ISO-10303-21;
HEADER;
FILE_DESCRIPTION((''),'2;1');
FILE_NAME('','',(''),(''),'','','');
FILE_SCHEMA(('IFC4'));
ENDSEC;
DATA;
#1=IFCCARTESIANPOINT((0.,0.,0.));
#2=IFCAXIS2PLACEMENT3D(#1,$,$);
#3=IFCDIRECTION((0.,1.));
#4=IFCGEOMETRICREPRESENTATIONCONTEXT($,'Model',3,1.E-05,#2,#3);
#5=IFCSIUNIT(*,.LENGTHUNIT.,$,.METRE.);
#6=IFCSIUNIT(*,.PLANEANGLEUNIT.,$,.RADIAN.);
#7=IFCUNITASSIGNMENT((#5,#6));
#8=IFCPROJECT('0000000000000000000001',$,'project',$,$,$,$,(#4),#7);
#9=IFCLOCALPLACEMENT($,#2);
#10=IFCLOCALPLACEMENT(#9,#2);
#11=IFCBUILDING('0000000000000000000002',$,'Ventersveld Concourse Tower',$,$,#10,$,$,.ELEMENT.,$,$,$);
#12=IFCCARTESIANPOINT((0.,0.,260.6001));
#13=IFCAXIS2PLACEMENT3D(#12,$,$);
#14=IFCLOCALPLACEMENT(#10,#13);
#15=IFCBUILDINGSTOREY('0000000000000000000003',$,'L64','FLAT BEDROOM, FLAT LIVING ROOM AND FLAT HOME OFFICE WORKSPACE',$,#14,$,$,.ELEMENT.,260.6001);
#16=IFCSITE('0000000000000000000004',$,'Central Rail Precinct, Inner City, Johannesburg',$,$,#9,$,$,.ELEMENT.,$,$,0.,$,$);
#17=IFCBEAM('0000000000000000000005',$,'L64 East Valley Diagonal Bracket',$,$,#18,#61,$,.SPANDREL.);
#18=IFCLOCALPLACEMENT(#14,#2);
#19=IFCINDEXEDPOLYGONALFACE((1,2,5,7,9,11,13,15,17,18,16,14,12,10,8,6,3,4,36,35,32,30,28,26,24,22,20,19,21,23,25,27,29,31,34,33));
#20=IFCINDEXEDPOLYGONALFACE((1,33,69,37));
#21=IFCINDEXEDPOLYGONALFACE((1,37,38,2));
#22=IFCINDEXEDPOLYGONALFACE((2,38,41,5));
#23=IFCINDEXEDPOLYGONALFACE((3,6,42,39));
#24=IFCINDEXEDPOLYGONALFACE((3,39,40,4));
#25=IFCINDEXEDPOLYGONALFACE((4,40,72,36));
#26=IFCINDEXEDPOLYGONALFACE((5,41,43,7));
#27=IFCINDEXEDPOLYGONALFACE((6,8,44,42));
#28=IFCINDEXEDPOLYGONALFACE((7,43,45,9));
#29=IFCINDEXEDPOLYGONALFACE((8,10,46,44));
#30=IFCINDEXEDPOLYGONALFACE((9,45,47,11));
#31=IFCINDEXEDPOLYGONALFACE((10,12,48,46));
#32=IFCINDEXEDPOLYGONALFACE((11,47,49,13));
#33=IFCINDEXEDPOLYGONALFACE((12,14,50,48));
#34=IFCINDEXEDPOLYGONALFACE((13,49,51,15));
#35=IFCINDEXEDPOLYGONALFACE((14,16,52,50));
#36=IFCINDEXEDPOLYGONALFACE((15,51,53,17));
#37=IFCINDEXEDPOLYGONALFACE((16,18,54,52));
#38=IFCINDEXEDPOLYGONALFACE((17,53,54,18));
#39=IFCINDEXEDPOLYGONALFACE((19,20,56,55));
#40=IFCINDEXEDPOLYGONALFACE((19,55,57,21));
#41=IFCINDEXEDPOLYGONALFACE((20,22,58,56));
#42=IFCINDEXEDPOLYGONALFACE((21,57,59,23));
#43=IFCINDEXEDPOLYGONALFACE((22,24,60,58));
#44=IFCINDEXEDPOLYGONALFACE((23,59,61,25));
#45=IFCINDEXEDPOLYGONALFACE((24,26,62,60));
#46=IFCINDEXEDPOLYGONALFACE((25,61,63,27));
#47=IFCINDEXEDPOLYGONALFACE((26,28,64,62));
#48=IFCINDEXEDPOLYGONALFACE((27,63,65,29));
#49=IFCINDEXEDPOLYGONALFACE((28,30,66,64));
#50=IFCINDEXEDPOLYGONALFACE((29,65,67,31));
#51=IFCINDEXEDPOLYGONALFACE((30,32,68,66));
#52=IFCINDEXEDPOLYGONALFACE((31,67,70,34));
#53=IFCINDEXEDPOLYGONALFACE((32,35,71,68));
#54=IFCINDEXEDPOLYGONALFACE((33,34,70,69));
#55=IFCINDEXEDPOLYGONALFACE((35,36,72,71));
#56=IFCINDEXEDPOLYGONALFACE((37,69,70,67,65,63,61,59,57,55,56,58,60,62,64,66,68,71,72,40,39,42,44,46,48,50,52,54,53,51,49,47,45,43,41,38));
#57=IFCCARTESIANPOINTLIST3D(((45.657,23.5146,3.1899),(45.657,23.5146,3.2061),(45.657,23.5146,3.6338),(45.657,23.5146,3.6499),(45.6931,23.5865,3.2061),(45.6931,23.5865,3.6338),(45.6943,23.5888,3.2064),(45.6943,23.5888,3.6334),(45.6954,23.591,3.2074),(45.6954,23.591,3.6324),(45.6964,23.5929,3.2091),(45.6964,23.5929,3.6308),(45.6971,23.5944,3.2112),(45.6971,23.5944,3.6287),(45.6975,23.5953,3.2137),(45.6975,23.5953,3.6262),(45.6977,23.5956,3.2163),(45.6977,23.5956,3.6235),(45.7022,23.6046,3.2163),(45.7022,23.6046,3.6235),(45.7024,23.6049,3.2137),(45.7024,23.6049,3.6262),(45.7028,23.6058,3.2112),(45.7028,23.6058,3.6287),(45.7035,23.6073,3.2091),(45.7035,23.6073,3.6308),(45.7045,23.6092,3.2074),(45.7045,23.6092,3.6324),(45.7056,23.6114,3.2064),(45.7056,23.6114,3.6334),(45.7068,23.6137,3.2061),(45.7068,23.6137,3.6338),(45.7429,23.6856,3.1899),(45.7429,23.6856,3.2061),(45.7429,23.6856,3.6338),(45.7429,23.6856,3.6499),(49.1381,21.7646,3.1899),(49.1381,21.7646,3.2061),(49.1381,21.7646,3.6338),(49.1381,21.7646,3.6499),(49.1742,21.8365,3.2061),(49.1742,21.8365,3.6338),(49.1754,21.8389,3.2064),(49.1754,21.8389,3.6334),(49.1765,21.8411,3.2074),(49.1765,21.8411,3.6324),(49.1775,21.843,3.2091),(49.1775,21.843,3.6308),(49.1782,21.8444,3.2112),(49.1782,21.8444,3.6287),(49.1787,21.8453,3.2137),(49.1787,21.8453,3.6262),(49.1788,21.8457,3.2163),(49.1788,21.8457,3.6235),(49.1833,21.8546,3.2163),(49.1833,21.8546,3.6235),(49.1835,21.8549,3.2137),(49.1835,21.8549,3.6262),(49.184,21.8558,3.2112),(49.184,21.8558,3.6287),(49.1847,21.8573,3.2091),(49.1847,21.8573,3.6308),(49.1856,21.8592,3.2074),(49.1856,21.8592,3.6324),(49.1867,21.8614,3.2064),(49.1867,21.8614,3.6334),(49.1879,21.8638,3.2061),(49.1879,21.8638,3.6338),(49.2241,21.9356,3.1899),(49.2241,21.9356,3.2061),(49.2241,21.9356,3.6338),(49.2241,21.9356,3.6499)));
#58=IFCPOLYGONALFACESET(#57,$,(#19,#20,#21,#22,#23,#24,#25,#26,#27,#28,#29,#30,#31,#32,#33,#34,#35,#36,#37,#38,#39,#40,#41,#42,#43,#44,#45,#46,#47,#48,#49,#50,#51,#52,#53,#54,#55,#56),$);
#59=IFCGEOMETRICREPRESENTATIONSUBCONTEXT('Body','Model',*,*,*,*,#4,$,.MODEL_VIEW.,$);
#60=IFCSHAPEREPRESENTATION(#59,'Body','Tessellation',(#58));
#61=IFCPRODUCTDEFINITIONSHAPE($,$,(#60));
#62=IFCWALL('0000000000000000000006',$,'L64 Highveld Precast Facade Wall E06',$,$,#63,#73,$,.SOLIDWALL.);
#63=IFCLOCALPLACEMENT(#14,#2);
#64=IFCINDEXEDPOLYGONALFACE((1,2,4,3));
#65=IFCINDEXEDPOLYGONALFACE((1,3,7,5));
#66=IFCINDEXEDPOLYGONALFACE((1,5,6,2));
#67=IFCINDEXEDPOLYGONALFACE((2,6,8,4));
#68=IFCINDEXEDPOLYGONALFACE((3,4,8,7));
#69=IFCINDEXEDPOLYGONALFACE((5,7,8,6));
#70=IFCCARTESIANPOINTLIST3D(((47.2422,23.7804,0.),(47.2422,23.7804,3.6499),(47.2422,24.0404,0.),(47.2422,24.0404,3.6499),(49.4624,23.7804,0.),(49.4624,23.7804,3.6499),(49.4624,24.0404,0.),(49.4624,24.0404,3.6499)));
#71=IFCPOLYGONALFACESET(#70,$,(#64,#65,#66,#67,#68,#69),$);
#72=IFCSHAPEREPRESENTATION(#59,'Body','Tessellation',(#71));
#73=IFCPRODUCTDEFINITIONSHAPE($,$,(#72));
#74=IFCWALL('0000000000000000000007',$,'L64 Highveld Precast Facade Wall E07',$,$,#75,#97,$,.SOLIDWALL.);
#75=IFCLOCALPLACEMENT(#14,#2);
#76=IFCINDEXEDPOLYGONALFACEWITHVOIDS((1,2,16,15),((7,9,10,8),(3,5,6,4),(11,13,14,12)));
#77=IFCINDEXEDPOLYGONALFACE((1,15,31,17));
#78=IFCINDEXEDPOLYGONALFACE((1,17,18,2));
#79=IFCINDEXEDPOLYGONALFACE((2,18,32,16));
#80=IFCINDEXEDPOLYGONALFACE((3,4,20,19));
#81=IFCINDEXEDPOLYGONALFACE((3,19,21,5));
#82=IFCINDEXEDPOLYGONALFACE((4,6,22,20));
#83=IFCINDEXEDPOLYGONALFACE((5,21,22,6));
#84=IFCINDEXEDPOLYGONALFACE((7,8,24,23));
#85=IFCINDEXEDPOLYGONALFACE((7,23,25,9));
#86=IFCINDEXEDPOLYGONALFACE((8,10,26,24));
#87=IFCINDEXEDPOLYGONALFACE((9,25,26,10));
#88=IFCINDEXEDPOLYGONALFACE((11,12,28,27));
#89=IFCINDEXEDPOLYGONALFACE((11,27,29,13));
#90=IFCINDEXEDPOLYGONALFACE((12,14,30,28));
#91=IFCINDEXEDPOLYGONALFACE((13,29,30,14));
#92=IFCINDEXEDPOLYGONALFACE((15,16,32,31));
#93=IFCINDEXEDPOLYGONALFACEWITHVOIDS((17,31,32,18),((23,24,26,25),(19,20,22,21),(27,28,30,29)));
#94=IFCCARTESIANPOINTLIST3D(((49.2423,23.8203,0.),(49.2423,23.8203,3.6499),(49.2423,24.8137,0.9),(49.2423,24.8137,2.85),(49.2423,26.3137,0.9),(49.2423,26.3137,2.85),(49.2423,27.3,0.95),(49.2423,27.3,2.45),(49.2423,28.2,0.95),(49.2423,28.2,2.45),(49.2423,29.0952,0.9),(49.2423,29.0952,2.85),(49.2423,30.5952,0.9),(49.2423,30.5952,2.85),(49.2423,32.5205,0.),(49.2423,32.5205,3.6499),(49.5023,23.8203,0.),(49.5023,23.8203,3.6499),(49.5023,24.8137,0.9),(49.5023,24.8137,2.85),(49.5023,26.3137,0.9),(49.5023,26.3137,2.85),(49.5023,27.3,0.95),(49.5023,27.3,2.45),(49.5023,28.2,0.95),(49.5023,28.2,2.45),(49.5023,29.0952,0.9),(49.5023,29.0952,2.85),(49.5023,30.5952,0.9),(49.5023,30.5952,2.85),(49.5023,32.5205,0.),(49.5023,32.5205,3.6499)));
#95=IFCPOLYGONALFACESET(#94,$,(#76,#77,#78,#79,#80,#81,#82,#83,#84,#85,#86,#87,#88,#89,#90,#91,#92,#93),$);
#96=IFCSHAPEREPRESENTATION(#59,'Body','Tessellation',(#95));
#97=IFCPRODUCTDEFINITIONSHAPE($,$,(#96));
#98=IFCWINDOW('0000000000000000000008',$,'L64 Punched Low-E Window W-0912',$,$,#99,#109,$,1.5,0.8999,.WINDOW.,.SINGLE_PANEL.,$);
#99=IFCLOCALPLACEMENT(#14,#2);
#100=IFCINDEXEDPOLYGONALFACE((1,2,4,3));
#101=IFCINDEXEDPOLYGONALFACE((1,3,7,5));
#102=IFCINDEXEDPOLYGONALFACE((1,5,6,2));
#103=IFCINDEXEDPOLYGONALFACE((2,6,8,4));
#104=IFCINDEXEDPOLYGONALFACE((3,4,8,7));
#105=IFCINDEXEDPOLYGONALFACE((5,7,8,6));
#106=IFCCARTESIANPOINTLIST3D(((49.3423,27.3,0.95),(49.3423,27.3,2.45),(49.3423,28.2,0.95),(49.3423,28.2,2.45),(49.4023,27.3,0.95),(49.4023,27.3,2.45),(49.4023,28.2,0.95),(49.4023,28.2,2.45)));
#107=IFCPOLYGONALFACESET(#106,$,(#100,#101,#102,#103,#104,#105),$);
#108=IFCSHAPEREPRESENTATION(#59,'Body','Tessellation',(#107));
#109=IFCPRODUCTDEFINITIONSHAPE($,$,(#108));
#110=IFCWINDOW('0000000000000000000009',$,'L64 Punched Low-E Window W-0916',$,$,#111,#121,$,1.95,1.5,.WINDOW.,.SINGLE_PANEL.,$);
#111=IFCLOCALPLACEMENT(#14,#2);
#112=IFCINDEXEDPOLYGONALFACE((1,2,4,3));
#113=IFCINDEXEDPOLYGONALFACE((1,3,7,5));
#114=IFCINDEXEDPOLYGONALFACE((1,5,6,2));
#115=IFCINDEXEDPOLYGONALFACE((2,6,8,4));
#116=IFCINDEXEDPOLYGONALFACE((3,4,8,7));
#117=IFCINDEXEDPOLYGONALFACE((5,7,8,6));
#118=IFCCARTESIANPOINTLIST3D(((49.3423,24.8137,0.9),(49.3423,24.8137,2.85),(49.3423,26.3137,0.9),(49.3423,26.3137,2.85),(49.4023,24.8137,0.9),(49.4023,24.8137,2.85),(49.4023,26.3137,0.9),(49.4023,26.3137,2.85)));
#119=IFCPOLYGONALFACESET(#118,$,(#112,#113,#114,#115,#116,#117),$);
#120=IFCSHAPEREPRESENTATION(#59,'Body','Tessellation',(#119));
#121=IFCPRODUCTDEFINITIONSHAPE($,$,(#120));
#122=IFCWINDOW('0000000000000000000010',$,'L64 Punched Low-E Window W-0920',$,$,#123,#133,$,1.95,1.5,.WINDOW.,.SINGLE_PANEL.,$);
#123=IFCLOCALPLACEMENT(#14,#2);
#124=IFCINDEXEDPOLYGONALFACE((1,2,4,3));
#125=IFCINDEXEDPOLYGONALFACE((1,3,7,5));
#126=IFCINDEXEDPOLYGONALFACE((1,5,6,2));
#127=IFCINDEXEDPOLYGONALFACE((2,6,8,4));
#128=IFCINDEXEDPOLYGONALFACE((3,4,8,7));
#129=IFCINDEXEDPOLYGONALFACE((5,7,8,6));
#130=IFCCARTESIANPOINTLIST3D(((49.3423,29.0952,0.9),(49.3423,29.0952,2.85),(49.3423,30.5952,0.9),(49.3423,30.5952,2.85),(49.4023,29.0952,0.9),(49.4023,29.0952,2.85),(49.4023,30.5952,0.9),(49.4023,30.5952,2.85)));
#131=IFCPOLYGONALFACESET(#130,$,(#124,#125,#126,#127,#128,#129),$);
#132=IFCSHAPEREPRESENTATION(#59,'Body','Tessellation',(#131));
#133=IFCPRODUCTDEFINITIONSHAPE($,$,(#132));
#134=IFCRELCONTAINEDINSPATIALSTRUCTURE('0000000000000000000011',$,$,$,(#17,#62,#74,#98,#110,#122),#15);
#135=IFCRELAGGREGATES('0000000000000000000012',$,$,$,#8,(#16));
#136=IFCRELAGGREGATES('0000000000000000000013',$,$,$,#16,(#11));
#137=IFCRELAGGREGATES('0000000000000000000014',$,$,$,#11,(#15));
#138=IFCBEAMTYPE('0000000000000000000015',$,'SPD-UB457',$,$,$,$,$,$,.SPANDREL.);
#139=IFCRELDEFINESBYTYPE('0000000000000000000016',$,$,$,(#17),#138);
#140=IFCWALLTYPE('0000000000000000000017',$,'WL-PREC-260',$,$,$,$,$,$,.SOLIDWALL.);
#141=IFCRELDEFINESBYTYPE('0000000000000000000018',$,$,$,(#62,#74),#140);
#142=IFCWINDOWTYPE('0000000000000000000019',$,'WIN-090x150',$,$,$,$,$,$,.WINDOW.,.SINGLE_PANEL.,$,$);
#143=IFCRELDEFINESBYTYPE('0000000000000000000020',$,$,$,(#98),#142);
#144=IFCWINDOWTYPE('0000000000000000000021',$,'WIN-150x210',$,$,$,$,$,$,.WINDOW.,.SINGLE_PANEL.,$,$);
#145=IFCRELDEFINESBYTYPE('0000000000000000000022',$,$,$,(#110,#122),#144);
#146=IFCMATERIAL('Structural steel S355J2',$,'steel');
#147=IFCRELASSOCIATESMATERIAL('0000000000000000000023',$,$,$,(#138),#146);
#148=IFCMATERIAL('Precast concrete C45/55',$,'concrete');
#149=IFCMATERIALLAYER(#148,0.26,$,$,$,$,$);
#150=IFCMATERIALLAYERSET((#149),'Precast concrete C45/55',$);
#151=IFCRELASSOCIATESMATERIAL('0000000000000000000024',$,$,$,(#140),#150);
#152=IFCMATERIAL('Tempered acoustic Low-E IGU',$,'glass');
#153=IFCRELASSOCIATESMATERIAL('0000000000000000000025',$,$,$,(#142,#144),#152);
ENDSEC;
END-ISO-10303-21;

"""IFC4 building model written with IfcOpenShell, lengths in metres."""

from ifc_helpers import new_model, si_unit, direction, frame, frame_2d, origin, origin_2d, place, context, subcontext, project, spatial, rectangle, i_section, extrude, material, layer, layer_set, material_profile, profile_set, type_object, element, fill, save


model = new_model("IFC4")

# Units and contexts
model_context = context("Model", 3, precision=1e-05, world=origin(), true_north=direction((0.0, 1.0)))
body_context = subcontext(model_context, "Body", "Model", "MODEL_VIEW")
ifc_project = project(units=[si_unit("LENGTHUNIT", "METRE"), si_unit("PLANEANGLEUNIT", "RADIAN")], contexts=[model_context])

# Site, building, storey
site_placement = place(None, origin())
site = spatial("IfcSite", under=ifc_project, at=site_placement, Name="Central Rail Precinct, Inner City, Johannesburg", CompositionType="ELEMENT", RefElevation=0.0)
building_placement = place(site_placement, origin())
building = spatial("IfcBuilding", under=site, at=building_placement, Name="Ventersveld Concourse Tower", CompositionType="ELEMENT")
storey_placement = place(building_placement, frame((0.0, 0.0, 260.6001)))
storey = spatial("IfcBuildingStorey", under=building, at=storey_placement, Name="L64", Description="FLAT BEDROOM, FLAT LIVING ROOM AND FLAT HOME OFFICE WORKSPACE", CompositionType="ELEMENT", Elevation=260.6001)

# Beam
ifc_material_1 = material(Name="Structural steel S355J2", Category="steel")
ifc_material_profile_1 = material_profile(ifc_material_1, i_section(OverallWidth=0.1914, OverallDepth=0.46, WebThickness=0.01, FlangeThickness=0.0161, FilletRadius=0.0103, at=origin_2d()), Name="UB 457x191x82")
ifc_profile_set_1 = profile_set([ifc_material_profile_1], Name="Structural steel S355J2")
beam_type_1 = type_object("IfcBeamType", Name="SPD-UB457", PredefinedType="SPANDREL", material=ifc_profile_set_1)
beam_1_placement = place(storey_placement, frame((45.7, 23.6001, 3.4199), z_axis=(0.89346, -0.449142, 0.0), x_axis=(0.449142, 0.89346, 0.0)))
element("IfcBeam", 1, at=beam_1_placement, inside=storey, type_object=beam_type_1, Name="L64 East Valley Diagonal Bracket", PredefinedType="SPANDREL", context=body_context, shape_type="SweptSolid", body=[
    extrude(i_section(OverallWidth=0.1914, OverallDepth=0.46, WebThickness=0.01, FlangeThickness=0.0161, FilletRadius=0.0103, at=origin_2d()), origin(), (0.0, 0.0, 1.0), 3.8962),
])

# Wall
ifc_material_2 = material(Name="Precast concrete C45/55", Category="concrete")
ifc_layer = layer(ifc_material_2, 0.26)
ifc_layer_set = layer_set([ifc_layer], Name="Precast concrete C45/55")
wall_type = type_object("IfcWallType", Name="WL-PREC-260", PredefinedType="SOLIDWALL", material=ifc_layer_set)
wall_1_placement = place(storey_placement, frame((47.2422, 23.9104, 0.0), z_axis=(0.0, 0.0, 1.0), x_axis=(1.0, 0.0, 0.0)))
element("IfcWall", 2, at=wall_1_placement, inside=storey, type_object=wall_type, Name="L64 Highveld Precast Facade Wall E06", PredefinedType="SOLIDWALL", context=body_context, shape_type="SweptSolid", body=[
    extrude(rectangle(XDim=2.2202, YDim=0.26, at=frame_2d((1.1101, 0.0))), origin(), (0.0, 0.0, 1.0), 3.6499),
])

# Wall, openings, windows
wall_2_placement = place(storey_placement, frame((49.3723, 23.8203, 0.0), z_axis=(0.0, 0.0, 1.0), x_axis=(0.0, 1.0, 0.0)))
wall_2 = element("IfcWall", 3, at=wall_2_placement, inside=storey, type_object=wall_type, Name="L64 Highveld Precast Facade Wall E07", PredefinedType="SOLIDWALL", context=body_context, shape_type="SweptSolid", body=[
    extrude(rectangle(XDim=8.7002, YDim=0.26, at=frame_2d((4.3501, 0.0))), origin(), (0.0, 0.0, 1.0), 3.6499),
])
opening_1_placement = place(wall_2_placement, frame((3.4797, 0.0, 0.95)))
opening_1 = element("IfcOpeningElement", 4, at=opening_1_placement, cuts=wall_2, PredefinedType="OPENING", context=body_context, shape_type="SweptSolid", body=[
    extrude(rectangle(XDim=0.8999, YDim=1.5, at=frame_2d((0.45, 0.75))), frame((0.0, 0.1401, 0.0), z_axis=(0.0, -1.0, 0.0), x_axis=(1.0, 0.0, 0.0)), (0.0, 0.0, 1.0), 0.28),
])
opening_2_placement = place(wall_2_placement, frame((0.9934, 0.0, 0.8999)))
opening_2 = element("IfcOpeningElement", 5, at=opening_2_placement, cuts=wall_2, PredefinedType="OPENING", context=body_context, shape_type="SweptSolid", body=[
    extrude(rectangle(XDim=1.5, YDim=1.95, at=frame_2d((0.75, 0.9751))), frame((0.0, 0.1401, 0.0), z_axis=(0.0, -1.0, 0.0), x_axis=(1.0, 0.0, 0.0)), (0.0, 0.0, 1.0), 0.28),
])
opening_3_placement = place(wall_2_placement, frame((5.2749, 0.0, 0.8999)))
opening_3 = element("IfcOpeningElement", 6, at=opening_3_placement, cuts=wall_2, PredefinedType="OPENING", context=body_context, shape_type="SweptSolid", body=[
    extrude(rectangle(XDim=1.5, YDim=1.95, at=frame_2d((0.75, 0.9751))), frame((0.0, 0.1401, 0.0), z_axis=(0.0, -1.0, 0.0), x_axis=(1.0, 0.0, 0.0)), (0.0, 0.0, 1.0), 0.28),
])
ifc_material_3 = material(Name="Tempered acoustic Low-E IGU", Category="glass")
window_type_1 = type_object("IfcWindowType", Name="WIN-090x150", PartitioningType="SINGLE_PANEL", PredefinedType="WINDOW", material=ifc_material_3)
window_1_placement = place(opening_1_placement, origin())
window_1 = element("IfcWindow", 7, at=window_1_placement, inside=storey, type_object=window_type_1, Name="L64 Punched Low-E Window W-0912", OverallHeight=1.5, OverallWidth=0.8999, PartitioningType="SINGLE_PANEL", PredefinedType="WINDOW", context=body_context, shape_type="SweptSolid", body=[
    extrude(rectangle(XDim=0.8999, YDim=1.5, at=frame_2d((0.45, 0.75))), frame((0.0, 0.03, 0.0), z_axis=(0.0, -1.0, 0.0), x_axis=(1.0, 0.0, 0.0)), (0.0, 0.0, 1.0), 0.0601),
])
fill(opening_1, window_1)
window_type_2 = type_object("IfcWindowType", Name="WIN-150x210", PartitioningType="SINGLE_PANEL", PredefinedType="WINDOW", material=ifc_material_3)
window_2_placement = place(opening_2_placement, origin())
window_2 = element("IfcWindow", 8, at=window_2_placement, inside=storey, type_object=window_type_2, Name="L64 Punched Low-E Window W-0916", OverallHeight=1.95, OverallWidth=1.5, PartitioningType="SINGLE_PANEL", PredefinedType="WINDOW", context=body_context, shape_type="SweptSolid", body=[
    extrude(rectangle(XDim=1.5, YDim=1.95, at=frame_2d((0.75, 0.9751))), frame((0.0, 0.03, 0.0), z_axis=(0.0, -1.0, 0.0), x_axis=(1.0, 0.0, 0.0)), (0.0, 0.0, 1.0), 0.0601),
])
fill(opening_2, window_2)
window_3_placement = place(opening_3_placement, origin())
window_3 = element("IfcWindow", 9, at=window_3_placement, inside=storey, type_object=window_type_2, Name="L64 Punched Low-E Window W-0920", OverallHeight=1.95, OverallWidth=1.5, PartitioningType="SINGLE_PANEL", PredefinedType="WINDOW", context=body_context, shape_type="SweptSolid", body=[
    extrude(rectangle(XDim=1.5, YDim=1.95, at=frame_2d((0.75, 0.9751))), frame((0.0, 0.03, 0.0), z_axis=(0.0, -1.0, 0.0), x_axis=(1.0, 0.0, 0.0)), (0.0, 0.0, 1.0), 0.0601),
])
fill(opening_3, window_3)

save(model, "model.ifc")
